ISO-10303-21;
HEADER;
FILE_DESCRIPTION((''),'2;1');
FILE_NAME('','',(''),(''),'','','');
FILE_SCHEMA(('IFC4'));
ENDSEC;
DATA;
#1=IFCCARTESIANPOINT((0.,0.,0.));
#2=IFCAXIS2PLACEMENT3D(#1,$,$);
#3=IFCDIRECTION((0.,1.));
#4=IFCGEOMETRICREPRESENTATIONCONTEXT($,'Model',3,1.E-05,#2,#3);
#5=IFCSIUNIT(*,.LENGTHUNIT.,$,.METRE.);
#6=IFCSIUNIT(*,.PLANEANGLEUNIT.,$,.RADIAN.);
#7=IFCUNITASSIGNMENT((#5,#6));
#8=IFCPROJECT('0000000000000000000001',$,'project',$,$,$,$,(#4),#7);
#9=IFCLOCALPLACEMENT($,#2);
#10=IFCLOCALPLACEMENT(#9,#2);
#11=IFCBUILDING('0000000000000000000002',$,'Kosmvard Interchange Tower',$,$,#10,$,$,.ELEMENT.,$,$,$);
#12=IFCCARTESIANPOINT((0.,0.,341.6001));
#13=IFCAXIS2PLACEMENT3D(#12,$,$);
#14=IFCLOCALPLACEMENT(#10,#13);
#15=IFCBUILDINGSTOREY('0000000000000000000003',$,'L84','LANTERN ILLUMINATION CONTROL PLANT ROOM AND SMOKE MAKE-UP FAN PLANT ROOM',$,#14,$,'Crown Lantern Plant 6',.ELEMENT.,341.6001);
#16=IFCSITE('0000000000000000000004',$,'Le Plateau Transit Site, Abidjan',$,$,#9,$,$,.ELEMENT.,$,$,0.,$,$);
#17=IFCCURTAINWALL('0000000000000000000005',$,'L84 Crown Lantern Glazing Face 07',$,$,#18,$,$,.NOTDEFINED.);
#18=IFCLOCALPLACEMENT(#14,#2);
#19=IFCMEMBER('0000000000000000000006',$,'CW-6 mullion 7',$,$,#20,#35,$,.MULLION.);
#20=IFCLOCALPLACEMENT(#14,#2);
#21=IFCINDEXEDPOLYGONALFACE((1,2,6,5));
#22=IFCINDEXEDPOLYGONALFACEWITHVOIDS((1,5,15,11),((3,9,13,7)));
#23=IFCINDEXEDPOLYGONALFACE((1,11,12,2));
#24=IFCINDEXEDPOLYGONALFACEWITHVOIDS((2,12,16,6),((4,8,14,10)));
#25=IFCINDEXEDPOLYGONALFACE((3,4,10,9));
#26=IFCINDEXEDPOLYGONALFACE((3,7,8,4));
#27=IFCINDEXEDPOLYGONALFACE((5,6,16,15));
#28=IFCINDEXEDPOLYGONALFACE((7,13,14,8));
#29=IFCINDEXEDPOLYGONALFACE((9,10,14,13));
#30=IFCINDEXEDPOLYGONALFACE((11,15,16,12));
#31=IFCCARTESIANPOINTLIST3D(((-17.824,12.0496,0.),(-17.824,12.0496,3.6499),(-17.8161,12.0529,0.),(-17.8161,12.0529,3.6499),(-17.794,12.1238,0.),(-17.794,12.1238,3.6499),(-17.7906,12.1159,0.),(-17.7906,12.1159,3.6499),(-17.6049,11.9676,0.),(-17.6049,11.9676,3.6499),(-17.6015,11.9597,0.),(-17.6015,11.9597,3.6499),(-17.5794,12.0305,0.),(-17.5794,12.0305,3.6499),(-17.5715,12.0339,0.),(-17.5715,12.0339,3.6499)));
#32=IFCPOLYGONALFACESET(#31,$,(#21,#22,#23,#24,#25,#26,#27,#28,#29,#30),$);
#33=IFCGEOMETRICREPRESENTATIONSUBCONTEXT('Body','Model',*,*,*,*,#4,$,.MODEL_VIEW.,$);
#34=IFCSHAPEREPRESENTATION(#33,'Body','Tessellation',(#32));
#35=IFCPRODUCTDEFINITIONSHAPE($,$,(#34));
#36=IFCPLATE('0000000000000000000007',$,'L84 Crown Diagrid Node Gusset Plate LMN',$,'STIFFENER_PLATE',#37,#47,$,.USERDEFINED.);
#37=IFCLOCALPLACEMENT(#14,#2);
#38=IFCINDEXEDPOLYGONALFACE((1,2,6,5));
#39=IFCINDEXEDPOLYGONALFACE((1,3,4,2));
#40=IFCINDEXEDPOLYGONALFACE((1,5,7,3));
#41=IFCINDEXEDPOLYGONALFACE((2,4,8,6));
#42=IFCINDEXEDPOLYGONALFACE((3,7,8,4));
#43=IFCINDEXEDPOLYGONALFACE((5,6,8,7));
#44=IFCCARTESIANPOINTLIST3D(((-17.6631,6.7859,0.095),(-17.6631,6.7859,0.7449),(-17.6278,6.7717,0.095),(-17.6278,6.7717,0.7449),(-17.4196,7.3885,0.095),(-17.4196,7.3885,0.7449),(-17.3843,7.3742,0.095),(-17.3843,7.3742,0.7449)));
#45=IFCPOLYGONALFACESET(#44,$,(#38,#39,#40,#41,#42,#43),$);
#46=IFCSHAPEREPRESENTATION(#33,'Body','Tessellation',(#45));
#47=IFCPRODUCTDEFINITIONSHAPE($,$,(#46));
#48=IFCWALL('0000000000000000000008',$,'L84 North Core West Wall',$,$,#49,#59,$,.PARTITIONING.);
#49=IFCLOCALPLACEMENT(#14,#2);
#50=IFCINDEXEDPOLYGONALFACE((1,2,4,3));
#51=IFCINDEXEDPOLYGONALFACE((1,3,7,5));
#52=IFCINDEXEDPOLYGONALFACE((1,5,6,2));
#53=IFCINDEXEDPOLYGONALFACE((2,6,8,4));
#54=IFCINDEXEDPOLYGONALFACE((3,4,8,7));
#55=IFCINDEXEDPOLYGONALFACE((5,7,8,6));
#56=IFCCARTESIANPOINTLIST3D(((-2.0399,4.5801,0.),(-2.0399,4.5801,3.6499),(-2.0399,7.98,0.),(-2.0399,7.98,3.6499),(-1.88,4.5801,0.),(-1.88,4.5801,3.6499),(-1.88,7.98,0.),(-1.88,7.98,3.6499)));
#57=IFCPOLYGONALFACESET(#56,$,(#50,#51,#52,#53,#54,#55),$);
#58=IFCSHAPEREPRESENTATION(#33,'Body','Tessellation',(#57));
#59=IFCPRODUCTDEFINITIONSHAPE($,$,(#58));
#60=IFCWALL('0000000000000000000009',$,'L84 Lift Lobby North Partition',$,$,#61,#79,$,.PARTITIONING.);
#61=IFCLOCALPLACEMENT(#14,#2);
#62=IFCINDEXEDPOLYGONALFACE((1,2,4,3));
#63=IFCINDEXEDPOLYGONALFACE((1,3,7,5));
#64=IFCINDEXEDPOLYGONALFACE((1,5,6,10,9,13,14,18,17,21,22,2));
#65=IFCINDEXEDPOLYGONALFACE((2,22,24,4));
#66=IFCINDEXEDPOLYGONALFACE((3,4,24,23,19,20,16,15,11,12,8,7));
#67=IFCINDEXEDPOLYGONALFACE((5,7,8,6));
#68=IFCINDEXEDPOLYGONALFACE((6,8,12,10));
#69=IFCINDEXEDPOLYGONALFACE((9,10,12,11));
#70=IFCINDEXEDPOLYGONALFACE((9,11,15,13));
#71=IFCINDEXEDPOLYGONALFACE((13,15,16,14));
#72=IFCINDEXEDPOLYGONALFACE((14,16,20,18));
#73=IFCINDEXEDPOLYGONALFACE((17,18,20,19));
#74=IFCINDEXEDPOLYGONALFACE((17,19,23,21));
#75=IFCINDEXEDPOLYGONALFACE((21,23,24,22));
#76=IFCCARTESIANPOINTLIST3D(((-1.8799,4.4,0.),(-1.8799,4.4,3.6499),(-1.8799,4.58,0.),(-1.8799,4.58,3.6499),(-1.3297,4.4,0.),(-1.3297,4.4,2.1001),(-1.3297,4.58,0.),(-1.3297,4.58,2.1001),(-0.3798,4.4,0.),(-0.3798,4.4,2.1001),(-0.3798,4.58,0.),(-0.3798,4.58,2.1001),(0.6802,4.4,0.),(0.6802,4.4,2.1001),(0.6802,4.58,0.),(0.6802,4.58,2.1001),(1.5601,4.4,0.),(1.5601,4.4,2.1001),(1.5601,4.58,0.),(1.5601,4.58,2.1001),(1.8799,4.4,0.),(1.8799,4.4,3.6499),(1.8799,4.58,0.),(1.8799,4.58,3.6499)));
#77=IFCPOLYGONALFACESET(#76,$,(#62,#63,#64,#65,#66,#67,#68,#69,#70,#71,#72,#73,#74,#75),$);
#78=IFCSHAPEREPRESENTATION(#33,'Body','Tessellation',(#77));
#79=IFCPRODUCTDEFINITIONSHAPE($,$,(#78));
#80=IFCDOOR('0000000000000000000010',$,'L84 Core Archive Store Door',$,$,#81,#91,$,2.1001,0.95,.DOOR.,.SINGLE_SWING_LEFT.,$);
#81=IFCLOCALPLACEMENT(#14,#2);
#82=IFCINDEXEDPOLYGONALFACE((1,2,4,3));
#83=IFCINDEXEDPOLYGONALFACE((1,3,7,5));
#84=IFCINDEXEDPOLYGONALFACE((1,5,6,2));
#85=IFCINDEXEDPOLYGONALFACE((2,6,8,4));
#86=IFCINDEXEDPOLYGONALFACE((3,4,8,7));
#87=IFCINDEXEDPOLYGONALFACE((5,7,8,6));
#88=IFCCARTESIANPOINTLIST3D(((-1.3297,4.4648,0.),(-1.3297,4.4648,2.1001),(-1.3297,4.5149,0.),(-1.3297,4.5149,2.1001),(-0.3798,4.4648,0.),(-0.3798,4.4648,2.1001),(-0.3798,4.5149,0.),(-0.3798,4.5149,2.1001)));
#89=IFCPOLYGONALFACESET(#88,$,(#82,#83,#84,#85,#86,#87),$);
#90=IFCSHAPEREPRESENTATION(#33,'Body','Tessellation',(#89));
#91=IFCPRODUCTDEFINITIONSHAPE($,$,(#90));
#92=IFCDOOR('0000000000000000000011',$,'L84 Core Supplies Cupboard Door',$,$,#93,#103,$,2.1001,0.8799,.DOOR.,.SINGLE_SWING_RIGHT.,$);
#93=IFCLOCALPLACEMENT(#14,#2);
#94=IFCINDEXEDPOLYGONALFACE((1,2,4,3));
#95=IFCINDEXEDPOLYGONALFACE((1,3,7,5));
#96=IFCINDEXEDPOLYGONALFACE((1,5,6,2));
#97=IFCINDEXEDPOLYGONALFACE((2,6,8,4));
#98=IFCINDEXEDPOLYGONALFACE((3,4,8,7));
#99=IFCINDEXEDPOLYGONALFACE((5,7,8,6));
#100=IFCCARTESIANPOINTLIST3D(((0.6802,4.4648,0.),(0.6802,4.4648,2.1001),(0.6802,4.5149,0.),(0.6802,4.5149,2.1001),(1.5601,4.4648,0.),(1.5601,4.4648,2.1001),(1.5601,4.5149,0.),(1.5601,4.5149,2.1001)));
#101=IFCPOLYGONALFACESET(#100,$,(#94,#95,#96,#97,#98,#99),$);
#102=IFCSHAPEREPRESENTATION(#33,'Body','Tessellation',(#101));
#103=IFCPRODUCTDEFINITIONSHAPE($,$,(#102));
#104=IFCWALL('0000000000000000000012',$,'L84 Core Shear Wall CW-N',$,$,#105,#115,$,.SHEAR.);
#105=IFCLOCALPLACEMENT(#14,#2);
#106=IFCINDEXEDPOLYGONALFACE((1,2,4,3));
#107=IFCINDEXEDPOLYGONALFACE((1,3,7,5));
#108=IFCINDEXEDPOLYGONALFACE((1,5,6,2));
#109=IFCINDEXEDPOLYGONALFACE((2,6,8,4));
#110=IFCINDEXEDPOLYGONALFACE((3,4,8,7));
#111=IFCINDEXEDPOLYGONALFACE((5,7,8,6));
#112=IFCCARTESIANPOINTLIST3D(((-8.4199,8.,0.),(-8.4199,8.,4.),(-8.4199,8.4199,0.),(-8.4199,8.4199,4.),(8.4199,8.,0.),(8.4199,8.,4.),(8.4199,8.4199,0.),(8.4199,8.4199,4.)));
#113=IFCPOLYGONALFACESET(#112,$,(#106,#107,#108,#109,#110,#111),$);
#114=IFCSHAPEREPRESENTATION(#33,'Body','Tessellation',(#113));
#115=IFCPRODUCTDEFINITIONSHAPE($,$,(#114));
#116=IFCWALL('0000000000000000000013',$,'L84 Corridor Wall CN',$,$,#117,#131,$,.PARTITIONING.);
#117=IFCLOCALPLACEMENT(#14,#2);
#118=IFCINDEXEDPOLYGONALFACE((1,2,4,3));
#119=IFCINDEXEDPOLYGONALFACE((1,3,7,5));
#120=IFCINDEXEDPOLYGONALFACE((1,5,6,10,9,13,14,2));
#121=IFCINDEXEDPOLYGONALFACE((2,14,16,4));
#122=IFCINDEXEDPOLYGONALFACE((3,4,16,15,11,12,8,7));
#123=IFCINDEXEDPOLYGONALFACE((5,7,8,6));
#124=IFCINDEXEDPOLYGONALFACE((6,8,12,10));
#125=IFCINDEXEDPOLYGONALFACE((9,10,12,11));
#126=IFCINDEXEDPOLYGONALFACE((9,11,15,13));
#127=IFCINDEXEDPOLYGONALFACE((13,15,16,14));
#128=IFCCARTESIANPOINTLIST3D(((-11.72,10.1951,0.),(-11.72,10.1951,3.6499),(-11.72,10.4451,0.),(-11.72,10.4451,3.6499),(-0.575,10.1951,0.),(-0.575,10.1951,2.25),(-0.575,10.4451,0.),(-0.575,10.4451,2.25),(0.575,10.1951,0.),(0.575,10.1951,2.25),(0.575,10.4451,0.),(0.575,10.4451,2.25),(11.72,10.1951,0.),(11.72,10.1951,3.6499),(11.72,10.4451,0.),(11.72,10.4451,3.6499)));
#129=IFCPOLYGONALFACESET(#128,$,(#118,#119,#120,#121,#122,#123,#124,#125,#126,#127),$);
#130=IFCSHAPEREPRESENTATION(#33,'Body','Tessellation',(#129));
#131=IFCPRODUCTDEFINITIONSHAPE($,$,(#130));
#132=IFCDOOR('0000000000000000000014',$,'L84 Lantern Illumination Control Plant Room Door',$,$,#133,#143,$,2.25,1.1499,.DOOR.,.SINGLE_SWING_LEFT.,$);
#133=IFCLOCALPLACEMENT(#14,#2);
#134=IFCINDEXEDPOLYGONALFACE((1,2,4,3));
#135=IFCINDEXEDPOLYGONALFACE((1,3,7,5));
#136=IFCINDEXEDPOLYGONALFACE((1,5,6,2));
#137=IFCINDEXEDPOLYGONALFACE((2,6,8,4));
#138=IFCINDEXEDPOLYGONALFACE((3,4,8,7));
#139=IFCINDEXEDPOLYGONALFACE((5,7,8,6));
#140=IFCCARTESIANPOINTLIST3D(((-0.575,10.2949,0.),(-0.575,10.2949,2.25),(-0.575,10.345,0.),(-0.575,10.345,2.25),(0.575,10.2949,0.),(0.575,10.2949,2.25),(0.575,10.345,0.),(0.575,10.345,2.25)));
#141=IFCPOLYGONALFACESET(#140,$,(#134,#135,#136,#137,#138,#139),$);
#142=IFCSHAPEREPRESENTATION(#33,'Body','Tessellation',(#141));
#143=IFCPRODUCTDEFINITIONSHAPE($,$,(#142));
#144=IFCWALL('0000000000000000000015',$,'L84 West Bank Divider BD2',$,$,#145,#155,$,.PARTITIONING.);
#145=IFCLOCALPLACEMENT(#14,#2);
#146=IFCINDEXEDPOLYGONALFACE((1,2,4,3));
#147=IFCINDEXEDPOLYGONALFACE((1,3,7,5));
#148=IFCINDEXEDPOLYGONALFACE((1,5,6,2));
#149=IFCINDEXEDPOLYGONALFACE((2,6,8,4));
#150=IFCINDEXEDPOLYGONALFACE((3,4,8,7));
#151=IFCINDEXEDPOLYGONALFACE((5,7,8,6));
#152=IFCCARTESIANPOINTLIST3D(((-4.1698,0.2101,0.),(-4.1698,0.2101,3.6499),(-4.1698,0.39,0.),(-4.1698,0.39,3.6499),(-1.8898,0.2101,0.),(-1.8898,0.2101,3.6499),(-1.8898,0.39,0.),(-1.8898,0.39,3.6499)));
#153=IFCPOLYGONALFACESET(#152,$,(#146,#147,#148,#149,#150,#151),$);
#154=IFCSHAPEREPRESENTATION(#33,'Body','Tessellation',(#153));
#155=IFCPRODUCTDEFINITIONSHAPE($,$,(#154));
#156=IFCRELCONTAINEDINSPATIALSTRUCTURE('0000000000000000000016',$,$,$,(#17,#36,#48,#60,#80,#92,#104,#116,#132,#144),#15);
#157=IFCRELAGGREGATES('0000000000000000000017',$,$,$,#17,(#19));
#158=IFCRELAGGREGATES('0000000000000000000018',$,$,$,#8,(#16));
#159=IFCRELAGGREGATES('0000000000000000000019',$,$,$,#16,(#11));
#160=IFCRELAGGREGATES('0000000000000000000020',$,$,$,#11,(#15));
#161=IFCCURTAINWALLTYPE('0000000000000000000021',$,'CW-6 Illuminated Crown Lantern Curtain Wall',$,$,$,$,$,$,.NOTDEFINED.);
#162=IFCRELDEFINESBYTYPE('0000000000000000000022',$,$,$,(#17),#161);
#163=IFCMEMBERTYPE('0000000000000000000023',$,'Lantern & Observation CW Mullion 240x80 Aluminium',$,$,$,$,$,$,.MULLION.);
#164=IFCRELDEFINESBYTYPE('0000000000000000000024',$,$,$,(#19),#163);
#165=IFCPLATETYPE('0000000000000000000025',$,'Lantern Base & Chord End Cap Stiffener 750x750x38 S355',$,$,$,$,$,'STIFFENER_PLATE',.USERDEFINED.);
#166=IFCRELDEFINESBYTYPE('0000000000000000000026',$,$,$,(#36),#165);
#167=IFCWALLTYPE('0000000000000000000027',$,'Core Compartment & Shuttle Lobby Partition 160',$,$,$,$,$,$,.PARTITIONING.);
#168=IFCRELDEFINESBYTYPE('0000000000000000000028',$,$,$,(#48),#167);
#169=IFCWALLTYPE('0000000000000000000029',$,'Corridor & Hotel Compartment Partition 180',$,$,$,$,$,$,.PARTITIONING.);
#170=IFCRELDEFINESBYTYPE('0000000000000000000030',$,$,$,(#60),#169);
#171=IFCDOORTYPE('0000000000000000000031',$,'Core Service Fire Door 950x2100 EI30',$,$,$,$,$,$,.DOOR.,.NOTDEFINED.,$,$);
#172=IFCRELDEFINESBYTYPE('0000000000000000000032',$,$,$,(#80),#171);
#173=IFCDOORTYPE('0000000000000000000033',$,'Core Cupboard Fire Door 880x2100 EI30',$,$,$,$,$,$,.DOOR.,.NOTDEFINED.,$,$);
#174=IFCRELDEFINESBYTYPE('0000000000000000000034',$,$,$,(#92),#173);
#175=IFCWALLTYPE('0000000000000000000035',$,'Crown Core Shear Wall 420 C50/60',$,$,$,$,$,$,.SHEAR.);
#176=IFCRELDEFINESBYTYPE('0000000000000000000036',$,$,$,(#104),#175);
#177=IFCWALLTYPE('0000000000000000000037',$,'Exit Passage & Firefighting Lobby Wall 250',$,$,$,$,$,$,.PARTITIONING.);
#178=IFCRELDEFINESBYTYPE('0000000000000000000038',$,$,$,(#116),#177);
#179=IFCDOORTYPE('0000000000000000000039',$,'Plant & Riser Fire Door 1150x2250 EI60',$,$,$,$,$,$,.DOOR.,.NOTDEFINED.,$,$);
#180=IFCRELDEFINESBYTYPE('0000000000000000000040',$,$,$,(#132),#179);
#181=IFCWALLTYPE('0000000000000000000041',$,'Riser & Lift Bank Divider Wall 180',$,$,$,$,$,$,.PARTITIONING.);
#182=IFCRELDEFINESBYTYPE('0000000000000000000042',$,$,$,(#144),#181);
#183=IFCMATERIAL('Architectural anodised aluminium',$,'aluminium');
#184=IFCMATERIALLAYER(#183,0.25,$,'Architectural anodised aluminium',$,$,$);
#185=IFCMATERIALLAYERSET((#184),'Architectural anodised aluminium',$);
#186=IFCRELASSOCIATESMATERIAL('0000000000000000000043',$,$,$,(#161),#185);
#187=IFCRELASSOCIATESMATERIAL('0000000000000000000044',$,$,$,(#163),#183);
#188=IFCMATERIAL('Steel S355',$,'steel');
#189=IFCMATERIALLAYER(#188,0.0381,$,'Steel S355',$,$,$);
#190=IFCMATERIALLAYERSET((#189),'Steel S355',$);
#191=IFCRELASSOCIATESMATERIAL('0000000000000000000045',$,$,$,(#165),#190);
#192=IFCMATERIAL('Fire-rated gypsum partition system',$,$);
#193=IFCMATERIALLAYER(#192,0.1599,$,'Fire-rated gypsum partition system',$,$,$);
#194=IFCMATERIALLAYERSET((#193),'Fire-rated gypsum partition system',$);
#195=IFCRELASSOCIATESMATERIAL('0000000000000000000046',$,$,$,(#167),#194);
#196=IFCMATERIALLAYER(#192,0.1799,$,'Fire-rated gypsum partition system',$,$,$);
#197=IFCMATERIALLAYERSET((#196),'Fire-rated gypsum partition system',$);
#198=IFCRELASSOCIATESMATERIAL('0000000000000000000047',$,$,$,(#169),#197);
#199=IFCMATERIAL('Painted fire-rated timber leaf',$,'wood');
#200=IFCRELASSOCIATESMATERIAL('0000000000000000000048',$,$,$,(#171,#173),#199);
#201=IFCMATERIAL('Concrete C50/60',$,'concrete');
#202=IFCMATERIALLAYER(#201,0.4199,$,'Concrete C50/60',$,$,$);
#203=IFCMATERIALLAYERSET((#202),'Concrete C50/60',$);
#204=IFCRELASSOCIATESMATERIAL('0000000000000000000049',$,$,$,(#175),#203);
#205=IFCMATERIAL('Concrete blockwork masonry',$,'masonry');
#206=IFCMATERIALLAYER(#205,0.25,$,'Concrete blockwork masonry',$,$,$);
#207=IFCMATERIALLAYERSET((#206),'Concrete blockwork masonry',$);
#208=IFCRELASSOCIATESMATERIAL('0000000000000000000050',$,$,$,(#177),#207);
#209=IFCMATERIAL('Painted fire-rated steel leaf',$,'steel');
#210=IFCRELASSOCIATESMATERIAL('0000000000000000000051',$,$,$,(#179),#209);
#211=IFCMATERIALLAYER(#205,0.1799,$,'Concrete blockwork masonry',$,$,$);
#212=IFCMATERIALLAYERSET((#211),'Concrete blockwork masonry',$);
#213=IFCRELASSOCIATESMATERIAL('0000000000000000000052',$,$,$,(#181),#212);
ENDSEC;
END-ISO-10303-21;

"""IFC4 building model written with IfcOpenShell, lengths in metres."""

from ifc_helpers import new_model, si_unit, direction, frame, frame_2d, origin, origin_2d, place, context, subcontext, project, spatial, rectangle, hollow_rectangle, extrude, source, transform, mapped, material, layer, layer_set, material_profile, profile_set, type_object, element, fill, aggregate, save


model = new_model("IFC4")

# Units and contexts
model_context = context("Model", 3, precision=1e-05, world=origin(), true_north=direction((0.0, 1.0)))
body_context = subcontext(model_context, "Body", "Model", "MODEL_VIEW")
ifc_project = project(units=[si_unit("LENGTHUNIT", "METRE"), si_unit("PLANEANGLEUNIT", "RADIAN")], contexts=[model_context])

# Site, building, storey
site_placement = place(None, origin())
site = spatial("IfcSite", under=ifc_project, at=site_placement, Name="Le Plateau Transit Site, Abidjan", CompositionType="ELEMENT", RefElevation=0.0)
building_placement = place(site_placement, origin())
building = spatial("IfcBuilding", under=site, at=building_placement, Name="Kosmvard Interchange Tower", CompositionType="ELEMENT")
storey_placement = place(building_placement, frame((0.0, 0.0, 341.6001)))
storey = spatial("IfcBuildingStorey", under=building, at=storey_placement, Name="L84", Description="LANTERN ILLUMINATION CONTROL PLANT ROOM AND SMOKE MAKE-UP FAN PLANT ROOM", LongName="Crown Lantern Plant 6", CompositionType="ELEMENT", Elevation=341.6001)

# Shared definitions
ifc_material_1 = material(Name="Concrete C50/60", Category="concrete")
ifc_material_2 = material(Name="Steel S355", Category="steel")

# Curtain wall, member
ifc_material_3 = material(Name="Architectural anodised aluminium", Category="aluminium")
ifc_layer_1 = layer(ifc_material_3, 0.25, Name="Architectural anodised aluminium")
ifc_layer_set_1 = layer_set([ifc_layer_1], Name="Architectural anodised aluminium")
curtain_wall_type = type_object("IfcCurtainWallType", Name="CW-6 Illuminated Crown Lantern Curtain Wall", PredefinedType="NOTDEFINED", material=ifc_layer_set_1)
curtain_wall_placement = place(storey_placement, origin())
curtain_wall = element("IfcCurtainWall", 1, at=curtain_wall_placement, inside=storey, type_object=curtain_wall_type, Name="L84 Crown Lantern Glazing Face 07", PredefinedType="NOTDEFINED")
ifc_material_profile_1 = material_profile(ifc_material_3, hollow_rectangle(XDim=0.24, YDim=0.0801, WallThickness=0.0061, at=origin_2d()), Name="CWM 240x80x6")
ifc_profile_set_1 = profile_set([ifc_material_profile_1], Name="Architectural anodised aluminium")
member_type_1 = type_object("IfcMemberType", Name="Lantern & Observation CW Mullion 240x80 Aluminium", PredefinedType="MULLION", material=ifc_profile_set_1)
shared_shape_1 = source(origin(), body_context, "Body", "SweptSolid", [
    extrude(hollow_rectangle(XDim=0.24, YDim=0.0801, WallThickness=0.0061, at=origin_2d()), origin(), (0.0, 0.0, 1.0), 3.6499),
])
member_1_placement = place(storey_placement, frame((-17.6978, 12.0417, 0.0), z_axis=(0.0, 0.0, 1.0), x_axis=(0.927184, -0.374607, 0.0)))
member_1 = element("IfcMember", 2, at=member_1_placement, type_object=member_type_1, Name="CW-6 mullion 7", PredefinedType="MULLION", context=body_context, shape_type="MappedRepresentation", body=[
    mapped(shared_shape_1, transform((0.0, 0.0, 0.0), scale=1.0)),
])
aggregate(curtain_wall, [member_1])

# Plate
ifc_layer_2 = layer(ifc_material_2, 0.0381, Name="Steel S355")
ifc_layer_set_2 = layer_set([ifc_layer_2], Name="Steel S355")
plate_type = type_object("IfcPlateType", Name="Lantern Base & Chord End Cap Stiffener 750x750x38 S355", ElementType="STIFFENER_PLATE", PredefinedType="USERDEFINED", material=ifc_layer_set_2)
shared_shape_2 = source(origin(), body_context, "Body", "SweptSolid", [
    extrude(rectangle(XDim=0.6499, YDim=0.0381, at=origin_2d()), origin(), (0.0, 0.0, 1.0), 0.6499),
])
plate_placement = place(storey_placement, frame((-17.5237, 7.0801, 0.095), z_axis=(0.0, 0.0, 1.0), x_axis=(0.374607, 0.927184, 0.0)))
element("IfcPlate", 3, at=plate_placement, inside=storey, type_object=plate_type, Name="L84 Crown Diagrid Node Gusset Plate LMN", ObjectType="STIFFENER_PLATE", PredefinedType="USERDEFINED", context=body_context, shape_type="MappedRepresentation", body=[
    mapped(shared_shape_2, transform((0.0, 0.0, 0.0), scale=1.0)),
])

# Wall
ifc_material_4 = material(Name="Fire-rated gypsum partition system")
ifc_layer_3 = layer(ifc_material_4, 0.1599, Name="Fire-rated gypsum partition system")
ifc_layer_set_3 = layer_set([ifc_layer_3], Name="Fire-rated gypsum partition system")
wall_type_1 = type_object("IfcWallType", Name="Core Compartment & Shuttle Lobby Partition 160", PredefinedType="PARTITIONING", material=ifc_layer_set_3)
wall_1_placement = place(storey_placement, frame((-1.96, 4.5801, 0.0), z_axis=(0.0, 0.0, 1.0), x_axis=(0.0, 1.0, 0.0)))
element("IfcWall", 4, at=wall_1_placement, inside=storey, type_object=wall_type_1, Name="L84 North Core West Wall", PredefinedType="PARTITIONING", context=body_context, shape_type="SweptSolid", body=[
    extrude(rectangle(XDim=3.3999, YDim=0.1599, at=frame_2d((1.7, 0.0))), origin(), (0.0, 0.0, 1.0), 3.6499),
])

# Wall, openings, doors
ifc_layer_4 = layer(ifc_material_4, 0.1799, Name="Fire-rated gypsum partition system")
ifc_layer_set_4 = layer_set([ifc_layer_4], Name="Fire-rated gypsum partition system")
wall_type_2 = type_object("IfcWallType", Name="Corridor & Hotel Compartment Partition 180", PredefinedType="PARTITIONING", material=ifc_layer_set_4)
wall_2_placement = place(storey_placement, frame((-1.8799, 4.49, 0.0), z_axis=(0.0, 0.0, 1.0), x_axis=(1.0, 0.0, 0.0)))
wall_2 = element("IfcWall", 5, at=wall_2_placement, inside=storey, type_object=wall_type_2, Name="L84 Lift Lobby North Partition", PredefinedType="PARTITIONING", context=body_context, shape_type="SweptSolid", body=[
    extrude(rectangle(XDim=3.7598, YDim=0.1799, at=frame_2d((1.8799, 0.0))), origin(), (0.0, 0.0, 1.0), 3.6499),
])
opening_1_placement = place(wall_2_placement, frame((0.55, 0.0, 0.0)))
opening_1 = element("IfcOpeningElement", 6, at=opening_1_placement, cuts=wall_2, PredefinedType="OPENING", context=body_context, shape_type="SweptSolid", body=[
    extrude(rectangle(XDim=0.95, YDim=2.1001, at=frame_2d((0.4751, 1.05))), frame((0.0, 0.1001, 0.0), z_axis=(0.0, -1.0, 0.0), x_axis=(1.0, 0.0, 0.0)), (0.0, 0.0, 1.0), 0.2),
])
opening_2_placement = place(wall_2_placement, frame((2.5601, 0.0, 0.0)))
opening_2 = element("IfcOpeningElement", 7, at=opening_2_placement, cuts=wall_2, PredefinedType="OPENING", context=body_context, shape_type="SweptSolid", body=[
    extrude(rectangle(XDim=0.8799, YDim=2.1001, at=frame_2d((0.4399, 1.05))), frame((0.0, 0.1001, 0.0), z_axis=(0.0, -1.0, 0.0), x_axis=(1.0, 0.0, 0.0)), (0.0, 0.0, 1.0), 0.2),
])
ifc_material_5 = material(Name="Painted fire-rated timber leaf", Category="wood")
door_type_1 = type_object("IfcDoorType", Name="Core Service Fire Door 950x2100 EI30", OperationType="NOTDEFINED", PredefinedType="DOOR", material=ifc_material_5)
shared_shape_3 = source(origin(), body_context, "Body", "SweptSolid", [
    extrude(rectangle(XDim=0.95, YDim=2.1001, at=frame_2d((0.4751, 1.05))), frame((0.0, 0.0249, 0.0), z_axis=(0.0, -1.0, 0.0), x_axis=(1.0, 0.0, 0.0)), (0.0, 0.0, 1.0), 0.05),
])
door_1_placement = place(opening_1_placement, origin())
door_1 = element("IfcDoor", 8, at=door_1_placement, inside=storey, type_object=door_type_1, Name="L84 Core Archive Store Door", OperationType="SINGLE_SWING_LEFT", OverallHeight=2.1001, OverallWidth=0.95, PredefinedType="DOOR", context=body_context, shape_type="MappedRepresentation", body=[
    mapped(shared_shape_3, transform((0.0, 0.0, 0.0), scale=1.0)),
])
fill(opening_1, door_1)
door_type_2 = type_object("IfcDoorType", Name="Core Cupboard Fire Door 880x2100 EI30", OperationType="NOTDEFINED", PredefinedType="DOOR", material=ifc_material_5)
shared_shape_4 = source(origin(), body_context, "Body", "SweptSolid", [
    extrude(rectangle(XDim=0.8799, YDim=2.1001, at=frame_2d((0.4399, 1.05))), frame((0.0, 0.0249, 0.0), z_axis=(0.0, -1.0, 0.0), x_axis=(1.0, 0.0, 0.0)), (0.0, 0.0, 1.0), 0.05),
])
door_2_placement = place(opening_2_placement, origin())
door_2 = element("IfcDoor", 9, at=door_2_placement, inside=storey, type_object=door_type_2, Name="L84 Core Supplies Cupboard Door", OperationType="SINGLE_SWING_RIGHT", OverallHeight=2.1001, OverallWidth=0.8799, PredefinedType="DOOR", context=body_context, shape_type="MappedRepresentation", body=[
    mapped(shared_shape_4, transform((0.0, 0.0, 0.0), scale=1.0)),
])
fill(opening_2, door_2)

# Wall
ifc_layer_5 = layer(ifc_material_1, 0.4199, Name="Concrete C50/60")
ifc_layer_set_5 = layer_set([ifc_layer_5], Name="Concrete C50/60")
wall_type_3 = type_object("IfcWallType", Name="Crown Core Shear Wall 420 C50/60", PredefinedType="SHEAR", material=ifc_layer_set_5)
wall_3_placement = place(storey_placement, frame((-8.4199, 8.21, 0.0), z_axis=(0.0, 0.0, 1.0), x_axis=(1.0, 0.0, 0.0)))
element("IfcWall", 10, at=wall_3_placement, inside=storey, type_object=wall_type_3, Name="L84 Core Shear Wall CW-N", PredefinedType="SHEAR", context=body_context, shape_type="SweptSolid", body=[
    extrude(rectangle(XDim=16.8398, YDim=0.4199, at=frame_2d((8.4199, 0.0))), origin(), (0.0, 0.0, 1.0), 4.0),
])

# Wall, opening, door
ifc_material_6 = material(Name="Concrete blockwork masonry", Category="masonry")
ifc_layer_6 = layer(ifc_material_6, 0.25, Name="Concrete blockwork masonry")
ifc_layer_set_6 = layer_set([ifc_layer_6], Name="Concrete blockwork masonry")
wall_type_4 = type_object("IfcWallType", Name="Exit Passage & Firefighting Lobby Wall 250", PredefinedType="PARTITIONING", material=ifc_layer_set_6)
wall_4_placement = place(storey_placement, frame((-11.72, 10.3201, 0.0), z_axis=(0.0, 0.0, 1.0), x_axis=(1.0, 0.0, 0.0)))
wall_4 = element("IfcWall", 11, at=wall_4_placement, inside=storey, type_object=wall_type_4, Name="L84 Corridor Wall CN", PredefinedType="PARTITIONING", context=body_context, shape_type="SweptSolid", body=[
    extrude(rectangle(XDim=23.4399, YDim=0.25, at=frame_2d((11.72, 0.0))), origin(), (0.0, 0.0, 1.0), 3.6499),
])
opening_3_placement = place(wall_4_placement, frame((11.145, 0.0, 0.0)))
opening_3 = element("IfcOpeningElement", 12, at=opening_3_placement, cuts=wall_4, PredefinedType="OPENING", context=body_context, shape_type="SweptSolid", body=[
    extrude(rectangle(XDim=1.1499, YDim=2.25, at=frame_2d((0.575, 1.125))), frame((0.0, 0.135, 0.0), z_axis=(0.0, -1.0, 0.0), x_axis=(1.0, 0.0, 0.0)), (0.0, 0.0, 1.0), 0.27),
])
ifc_material_7 = material(Name="Painted fire-rated steel leaf", Category="steel")
door_type_3 = type_object("IfcDoorType", Name="Plant & Riser Fire Door 1150x2250 EI60", OperationType="NOTDEFINED", PredefinedType="DOOR", material=ifc_material_7)
shared_shape_5 = source(origin(), body_context, "Body", "SweptSolid", [
    extrude(rectangle(XDim=1.1499, YDim=2.25, at=frame_2d((0.575, 1.125))), frame((0.0, 0.0249, 0.0), z_axis=(0.0, -1.0, 0.0), x_axis=(1.0, 0.0, 0.0)), (0.0, 0.0, 1.0), 0.05),
])
door_3_placement = place(opening_3_placement, origin())
door_3 = element("IfcDoor", 13, at=door_3_placement, inside=storey, type_object=door_type_3, Name="L84 Lantern Illumination Control Plant Room Door", OperationType="SINGLE_SWING_LEFT", OverallHeight=2.25, OverallWidth=1.1499, PredefinedType="DOOR", context=body_context, shape_type="MappedRepresentation", body=[
    mapped(shared_shape_5, transform((0.0, 0.0, 0.0), scale=1.0)),
])
fill(opening_3, door_3)

# Wall
ifc_layer_7 = layer(ifc_material_6, 0.1799, Name="Concrete blockwork masonry")
ifc_layer_set_7 = layer_set([ifc_layer_7], Name="Concrete blockwork masonry")
wall_type_5 = type_object("IfcWallType", Name="Riser & Lift Bank Divider Wall 180", PredefinedType="PARTITIONING", material=ifc_layer_set_7)
for number, where, z_axis, x_axis, name in (
    (14, (-4.1699, 0.3, 0.0), (0.0, 0.0, 1.0), (1.0, 0.0, 0.0), "L84 West Bank Divider BD2"),
):
    element("IfcWall", number, at=place(storey_placement, frame(where, z_axis=z_axis, x_axis=x_axis)), inside=storey, type_object=wall_type_5, Name=name, PredefinedType="PARTITIONING", context=body_context, shape_type="SweptSolid", body=[
        extrude(rectangle(XDim=2.28, YDim=0.1799, at=frame_2d((1.1401, 0.0))), origin(), (0.0, 0.0, 1.0), 3.6499),
    ])

save(model, "model.ifc")
